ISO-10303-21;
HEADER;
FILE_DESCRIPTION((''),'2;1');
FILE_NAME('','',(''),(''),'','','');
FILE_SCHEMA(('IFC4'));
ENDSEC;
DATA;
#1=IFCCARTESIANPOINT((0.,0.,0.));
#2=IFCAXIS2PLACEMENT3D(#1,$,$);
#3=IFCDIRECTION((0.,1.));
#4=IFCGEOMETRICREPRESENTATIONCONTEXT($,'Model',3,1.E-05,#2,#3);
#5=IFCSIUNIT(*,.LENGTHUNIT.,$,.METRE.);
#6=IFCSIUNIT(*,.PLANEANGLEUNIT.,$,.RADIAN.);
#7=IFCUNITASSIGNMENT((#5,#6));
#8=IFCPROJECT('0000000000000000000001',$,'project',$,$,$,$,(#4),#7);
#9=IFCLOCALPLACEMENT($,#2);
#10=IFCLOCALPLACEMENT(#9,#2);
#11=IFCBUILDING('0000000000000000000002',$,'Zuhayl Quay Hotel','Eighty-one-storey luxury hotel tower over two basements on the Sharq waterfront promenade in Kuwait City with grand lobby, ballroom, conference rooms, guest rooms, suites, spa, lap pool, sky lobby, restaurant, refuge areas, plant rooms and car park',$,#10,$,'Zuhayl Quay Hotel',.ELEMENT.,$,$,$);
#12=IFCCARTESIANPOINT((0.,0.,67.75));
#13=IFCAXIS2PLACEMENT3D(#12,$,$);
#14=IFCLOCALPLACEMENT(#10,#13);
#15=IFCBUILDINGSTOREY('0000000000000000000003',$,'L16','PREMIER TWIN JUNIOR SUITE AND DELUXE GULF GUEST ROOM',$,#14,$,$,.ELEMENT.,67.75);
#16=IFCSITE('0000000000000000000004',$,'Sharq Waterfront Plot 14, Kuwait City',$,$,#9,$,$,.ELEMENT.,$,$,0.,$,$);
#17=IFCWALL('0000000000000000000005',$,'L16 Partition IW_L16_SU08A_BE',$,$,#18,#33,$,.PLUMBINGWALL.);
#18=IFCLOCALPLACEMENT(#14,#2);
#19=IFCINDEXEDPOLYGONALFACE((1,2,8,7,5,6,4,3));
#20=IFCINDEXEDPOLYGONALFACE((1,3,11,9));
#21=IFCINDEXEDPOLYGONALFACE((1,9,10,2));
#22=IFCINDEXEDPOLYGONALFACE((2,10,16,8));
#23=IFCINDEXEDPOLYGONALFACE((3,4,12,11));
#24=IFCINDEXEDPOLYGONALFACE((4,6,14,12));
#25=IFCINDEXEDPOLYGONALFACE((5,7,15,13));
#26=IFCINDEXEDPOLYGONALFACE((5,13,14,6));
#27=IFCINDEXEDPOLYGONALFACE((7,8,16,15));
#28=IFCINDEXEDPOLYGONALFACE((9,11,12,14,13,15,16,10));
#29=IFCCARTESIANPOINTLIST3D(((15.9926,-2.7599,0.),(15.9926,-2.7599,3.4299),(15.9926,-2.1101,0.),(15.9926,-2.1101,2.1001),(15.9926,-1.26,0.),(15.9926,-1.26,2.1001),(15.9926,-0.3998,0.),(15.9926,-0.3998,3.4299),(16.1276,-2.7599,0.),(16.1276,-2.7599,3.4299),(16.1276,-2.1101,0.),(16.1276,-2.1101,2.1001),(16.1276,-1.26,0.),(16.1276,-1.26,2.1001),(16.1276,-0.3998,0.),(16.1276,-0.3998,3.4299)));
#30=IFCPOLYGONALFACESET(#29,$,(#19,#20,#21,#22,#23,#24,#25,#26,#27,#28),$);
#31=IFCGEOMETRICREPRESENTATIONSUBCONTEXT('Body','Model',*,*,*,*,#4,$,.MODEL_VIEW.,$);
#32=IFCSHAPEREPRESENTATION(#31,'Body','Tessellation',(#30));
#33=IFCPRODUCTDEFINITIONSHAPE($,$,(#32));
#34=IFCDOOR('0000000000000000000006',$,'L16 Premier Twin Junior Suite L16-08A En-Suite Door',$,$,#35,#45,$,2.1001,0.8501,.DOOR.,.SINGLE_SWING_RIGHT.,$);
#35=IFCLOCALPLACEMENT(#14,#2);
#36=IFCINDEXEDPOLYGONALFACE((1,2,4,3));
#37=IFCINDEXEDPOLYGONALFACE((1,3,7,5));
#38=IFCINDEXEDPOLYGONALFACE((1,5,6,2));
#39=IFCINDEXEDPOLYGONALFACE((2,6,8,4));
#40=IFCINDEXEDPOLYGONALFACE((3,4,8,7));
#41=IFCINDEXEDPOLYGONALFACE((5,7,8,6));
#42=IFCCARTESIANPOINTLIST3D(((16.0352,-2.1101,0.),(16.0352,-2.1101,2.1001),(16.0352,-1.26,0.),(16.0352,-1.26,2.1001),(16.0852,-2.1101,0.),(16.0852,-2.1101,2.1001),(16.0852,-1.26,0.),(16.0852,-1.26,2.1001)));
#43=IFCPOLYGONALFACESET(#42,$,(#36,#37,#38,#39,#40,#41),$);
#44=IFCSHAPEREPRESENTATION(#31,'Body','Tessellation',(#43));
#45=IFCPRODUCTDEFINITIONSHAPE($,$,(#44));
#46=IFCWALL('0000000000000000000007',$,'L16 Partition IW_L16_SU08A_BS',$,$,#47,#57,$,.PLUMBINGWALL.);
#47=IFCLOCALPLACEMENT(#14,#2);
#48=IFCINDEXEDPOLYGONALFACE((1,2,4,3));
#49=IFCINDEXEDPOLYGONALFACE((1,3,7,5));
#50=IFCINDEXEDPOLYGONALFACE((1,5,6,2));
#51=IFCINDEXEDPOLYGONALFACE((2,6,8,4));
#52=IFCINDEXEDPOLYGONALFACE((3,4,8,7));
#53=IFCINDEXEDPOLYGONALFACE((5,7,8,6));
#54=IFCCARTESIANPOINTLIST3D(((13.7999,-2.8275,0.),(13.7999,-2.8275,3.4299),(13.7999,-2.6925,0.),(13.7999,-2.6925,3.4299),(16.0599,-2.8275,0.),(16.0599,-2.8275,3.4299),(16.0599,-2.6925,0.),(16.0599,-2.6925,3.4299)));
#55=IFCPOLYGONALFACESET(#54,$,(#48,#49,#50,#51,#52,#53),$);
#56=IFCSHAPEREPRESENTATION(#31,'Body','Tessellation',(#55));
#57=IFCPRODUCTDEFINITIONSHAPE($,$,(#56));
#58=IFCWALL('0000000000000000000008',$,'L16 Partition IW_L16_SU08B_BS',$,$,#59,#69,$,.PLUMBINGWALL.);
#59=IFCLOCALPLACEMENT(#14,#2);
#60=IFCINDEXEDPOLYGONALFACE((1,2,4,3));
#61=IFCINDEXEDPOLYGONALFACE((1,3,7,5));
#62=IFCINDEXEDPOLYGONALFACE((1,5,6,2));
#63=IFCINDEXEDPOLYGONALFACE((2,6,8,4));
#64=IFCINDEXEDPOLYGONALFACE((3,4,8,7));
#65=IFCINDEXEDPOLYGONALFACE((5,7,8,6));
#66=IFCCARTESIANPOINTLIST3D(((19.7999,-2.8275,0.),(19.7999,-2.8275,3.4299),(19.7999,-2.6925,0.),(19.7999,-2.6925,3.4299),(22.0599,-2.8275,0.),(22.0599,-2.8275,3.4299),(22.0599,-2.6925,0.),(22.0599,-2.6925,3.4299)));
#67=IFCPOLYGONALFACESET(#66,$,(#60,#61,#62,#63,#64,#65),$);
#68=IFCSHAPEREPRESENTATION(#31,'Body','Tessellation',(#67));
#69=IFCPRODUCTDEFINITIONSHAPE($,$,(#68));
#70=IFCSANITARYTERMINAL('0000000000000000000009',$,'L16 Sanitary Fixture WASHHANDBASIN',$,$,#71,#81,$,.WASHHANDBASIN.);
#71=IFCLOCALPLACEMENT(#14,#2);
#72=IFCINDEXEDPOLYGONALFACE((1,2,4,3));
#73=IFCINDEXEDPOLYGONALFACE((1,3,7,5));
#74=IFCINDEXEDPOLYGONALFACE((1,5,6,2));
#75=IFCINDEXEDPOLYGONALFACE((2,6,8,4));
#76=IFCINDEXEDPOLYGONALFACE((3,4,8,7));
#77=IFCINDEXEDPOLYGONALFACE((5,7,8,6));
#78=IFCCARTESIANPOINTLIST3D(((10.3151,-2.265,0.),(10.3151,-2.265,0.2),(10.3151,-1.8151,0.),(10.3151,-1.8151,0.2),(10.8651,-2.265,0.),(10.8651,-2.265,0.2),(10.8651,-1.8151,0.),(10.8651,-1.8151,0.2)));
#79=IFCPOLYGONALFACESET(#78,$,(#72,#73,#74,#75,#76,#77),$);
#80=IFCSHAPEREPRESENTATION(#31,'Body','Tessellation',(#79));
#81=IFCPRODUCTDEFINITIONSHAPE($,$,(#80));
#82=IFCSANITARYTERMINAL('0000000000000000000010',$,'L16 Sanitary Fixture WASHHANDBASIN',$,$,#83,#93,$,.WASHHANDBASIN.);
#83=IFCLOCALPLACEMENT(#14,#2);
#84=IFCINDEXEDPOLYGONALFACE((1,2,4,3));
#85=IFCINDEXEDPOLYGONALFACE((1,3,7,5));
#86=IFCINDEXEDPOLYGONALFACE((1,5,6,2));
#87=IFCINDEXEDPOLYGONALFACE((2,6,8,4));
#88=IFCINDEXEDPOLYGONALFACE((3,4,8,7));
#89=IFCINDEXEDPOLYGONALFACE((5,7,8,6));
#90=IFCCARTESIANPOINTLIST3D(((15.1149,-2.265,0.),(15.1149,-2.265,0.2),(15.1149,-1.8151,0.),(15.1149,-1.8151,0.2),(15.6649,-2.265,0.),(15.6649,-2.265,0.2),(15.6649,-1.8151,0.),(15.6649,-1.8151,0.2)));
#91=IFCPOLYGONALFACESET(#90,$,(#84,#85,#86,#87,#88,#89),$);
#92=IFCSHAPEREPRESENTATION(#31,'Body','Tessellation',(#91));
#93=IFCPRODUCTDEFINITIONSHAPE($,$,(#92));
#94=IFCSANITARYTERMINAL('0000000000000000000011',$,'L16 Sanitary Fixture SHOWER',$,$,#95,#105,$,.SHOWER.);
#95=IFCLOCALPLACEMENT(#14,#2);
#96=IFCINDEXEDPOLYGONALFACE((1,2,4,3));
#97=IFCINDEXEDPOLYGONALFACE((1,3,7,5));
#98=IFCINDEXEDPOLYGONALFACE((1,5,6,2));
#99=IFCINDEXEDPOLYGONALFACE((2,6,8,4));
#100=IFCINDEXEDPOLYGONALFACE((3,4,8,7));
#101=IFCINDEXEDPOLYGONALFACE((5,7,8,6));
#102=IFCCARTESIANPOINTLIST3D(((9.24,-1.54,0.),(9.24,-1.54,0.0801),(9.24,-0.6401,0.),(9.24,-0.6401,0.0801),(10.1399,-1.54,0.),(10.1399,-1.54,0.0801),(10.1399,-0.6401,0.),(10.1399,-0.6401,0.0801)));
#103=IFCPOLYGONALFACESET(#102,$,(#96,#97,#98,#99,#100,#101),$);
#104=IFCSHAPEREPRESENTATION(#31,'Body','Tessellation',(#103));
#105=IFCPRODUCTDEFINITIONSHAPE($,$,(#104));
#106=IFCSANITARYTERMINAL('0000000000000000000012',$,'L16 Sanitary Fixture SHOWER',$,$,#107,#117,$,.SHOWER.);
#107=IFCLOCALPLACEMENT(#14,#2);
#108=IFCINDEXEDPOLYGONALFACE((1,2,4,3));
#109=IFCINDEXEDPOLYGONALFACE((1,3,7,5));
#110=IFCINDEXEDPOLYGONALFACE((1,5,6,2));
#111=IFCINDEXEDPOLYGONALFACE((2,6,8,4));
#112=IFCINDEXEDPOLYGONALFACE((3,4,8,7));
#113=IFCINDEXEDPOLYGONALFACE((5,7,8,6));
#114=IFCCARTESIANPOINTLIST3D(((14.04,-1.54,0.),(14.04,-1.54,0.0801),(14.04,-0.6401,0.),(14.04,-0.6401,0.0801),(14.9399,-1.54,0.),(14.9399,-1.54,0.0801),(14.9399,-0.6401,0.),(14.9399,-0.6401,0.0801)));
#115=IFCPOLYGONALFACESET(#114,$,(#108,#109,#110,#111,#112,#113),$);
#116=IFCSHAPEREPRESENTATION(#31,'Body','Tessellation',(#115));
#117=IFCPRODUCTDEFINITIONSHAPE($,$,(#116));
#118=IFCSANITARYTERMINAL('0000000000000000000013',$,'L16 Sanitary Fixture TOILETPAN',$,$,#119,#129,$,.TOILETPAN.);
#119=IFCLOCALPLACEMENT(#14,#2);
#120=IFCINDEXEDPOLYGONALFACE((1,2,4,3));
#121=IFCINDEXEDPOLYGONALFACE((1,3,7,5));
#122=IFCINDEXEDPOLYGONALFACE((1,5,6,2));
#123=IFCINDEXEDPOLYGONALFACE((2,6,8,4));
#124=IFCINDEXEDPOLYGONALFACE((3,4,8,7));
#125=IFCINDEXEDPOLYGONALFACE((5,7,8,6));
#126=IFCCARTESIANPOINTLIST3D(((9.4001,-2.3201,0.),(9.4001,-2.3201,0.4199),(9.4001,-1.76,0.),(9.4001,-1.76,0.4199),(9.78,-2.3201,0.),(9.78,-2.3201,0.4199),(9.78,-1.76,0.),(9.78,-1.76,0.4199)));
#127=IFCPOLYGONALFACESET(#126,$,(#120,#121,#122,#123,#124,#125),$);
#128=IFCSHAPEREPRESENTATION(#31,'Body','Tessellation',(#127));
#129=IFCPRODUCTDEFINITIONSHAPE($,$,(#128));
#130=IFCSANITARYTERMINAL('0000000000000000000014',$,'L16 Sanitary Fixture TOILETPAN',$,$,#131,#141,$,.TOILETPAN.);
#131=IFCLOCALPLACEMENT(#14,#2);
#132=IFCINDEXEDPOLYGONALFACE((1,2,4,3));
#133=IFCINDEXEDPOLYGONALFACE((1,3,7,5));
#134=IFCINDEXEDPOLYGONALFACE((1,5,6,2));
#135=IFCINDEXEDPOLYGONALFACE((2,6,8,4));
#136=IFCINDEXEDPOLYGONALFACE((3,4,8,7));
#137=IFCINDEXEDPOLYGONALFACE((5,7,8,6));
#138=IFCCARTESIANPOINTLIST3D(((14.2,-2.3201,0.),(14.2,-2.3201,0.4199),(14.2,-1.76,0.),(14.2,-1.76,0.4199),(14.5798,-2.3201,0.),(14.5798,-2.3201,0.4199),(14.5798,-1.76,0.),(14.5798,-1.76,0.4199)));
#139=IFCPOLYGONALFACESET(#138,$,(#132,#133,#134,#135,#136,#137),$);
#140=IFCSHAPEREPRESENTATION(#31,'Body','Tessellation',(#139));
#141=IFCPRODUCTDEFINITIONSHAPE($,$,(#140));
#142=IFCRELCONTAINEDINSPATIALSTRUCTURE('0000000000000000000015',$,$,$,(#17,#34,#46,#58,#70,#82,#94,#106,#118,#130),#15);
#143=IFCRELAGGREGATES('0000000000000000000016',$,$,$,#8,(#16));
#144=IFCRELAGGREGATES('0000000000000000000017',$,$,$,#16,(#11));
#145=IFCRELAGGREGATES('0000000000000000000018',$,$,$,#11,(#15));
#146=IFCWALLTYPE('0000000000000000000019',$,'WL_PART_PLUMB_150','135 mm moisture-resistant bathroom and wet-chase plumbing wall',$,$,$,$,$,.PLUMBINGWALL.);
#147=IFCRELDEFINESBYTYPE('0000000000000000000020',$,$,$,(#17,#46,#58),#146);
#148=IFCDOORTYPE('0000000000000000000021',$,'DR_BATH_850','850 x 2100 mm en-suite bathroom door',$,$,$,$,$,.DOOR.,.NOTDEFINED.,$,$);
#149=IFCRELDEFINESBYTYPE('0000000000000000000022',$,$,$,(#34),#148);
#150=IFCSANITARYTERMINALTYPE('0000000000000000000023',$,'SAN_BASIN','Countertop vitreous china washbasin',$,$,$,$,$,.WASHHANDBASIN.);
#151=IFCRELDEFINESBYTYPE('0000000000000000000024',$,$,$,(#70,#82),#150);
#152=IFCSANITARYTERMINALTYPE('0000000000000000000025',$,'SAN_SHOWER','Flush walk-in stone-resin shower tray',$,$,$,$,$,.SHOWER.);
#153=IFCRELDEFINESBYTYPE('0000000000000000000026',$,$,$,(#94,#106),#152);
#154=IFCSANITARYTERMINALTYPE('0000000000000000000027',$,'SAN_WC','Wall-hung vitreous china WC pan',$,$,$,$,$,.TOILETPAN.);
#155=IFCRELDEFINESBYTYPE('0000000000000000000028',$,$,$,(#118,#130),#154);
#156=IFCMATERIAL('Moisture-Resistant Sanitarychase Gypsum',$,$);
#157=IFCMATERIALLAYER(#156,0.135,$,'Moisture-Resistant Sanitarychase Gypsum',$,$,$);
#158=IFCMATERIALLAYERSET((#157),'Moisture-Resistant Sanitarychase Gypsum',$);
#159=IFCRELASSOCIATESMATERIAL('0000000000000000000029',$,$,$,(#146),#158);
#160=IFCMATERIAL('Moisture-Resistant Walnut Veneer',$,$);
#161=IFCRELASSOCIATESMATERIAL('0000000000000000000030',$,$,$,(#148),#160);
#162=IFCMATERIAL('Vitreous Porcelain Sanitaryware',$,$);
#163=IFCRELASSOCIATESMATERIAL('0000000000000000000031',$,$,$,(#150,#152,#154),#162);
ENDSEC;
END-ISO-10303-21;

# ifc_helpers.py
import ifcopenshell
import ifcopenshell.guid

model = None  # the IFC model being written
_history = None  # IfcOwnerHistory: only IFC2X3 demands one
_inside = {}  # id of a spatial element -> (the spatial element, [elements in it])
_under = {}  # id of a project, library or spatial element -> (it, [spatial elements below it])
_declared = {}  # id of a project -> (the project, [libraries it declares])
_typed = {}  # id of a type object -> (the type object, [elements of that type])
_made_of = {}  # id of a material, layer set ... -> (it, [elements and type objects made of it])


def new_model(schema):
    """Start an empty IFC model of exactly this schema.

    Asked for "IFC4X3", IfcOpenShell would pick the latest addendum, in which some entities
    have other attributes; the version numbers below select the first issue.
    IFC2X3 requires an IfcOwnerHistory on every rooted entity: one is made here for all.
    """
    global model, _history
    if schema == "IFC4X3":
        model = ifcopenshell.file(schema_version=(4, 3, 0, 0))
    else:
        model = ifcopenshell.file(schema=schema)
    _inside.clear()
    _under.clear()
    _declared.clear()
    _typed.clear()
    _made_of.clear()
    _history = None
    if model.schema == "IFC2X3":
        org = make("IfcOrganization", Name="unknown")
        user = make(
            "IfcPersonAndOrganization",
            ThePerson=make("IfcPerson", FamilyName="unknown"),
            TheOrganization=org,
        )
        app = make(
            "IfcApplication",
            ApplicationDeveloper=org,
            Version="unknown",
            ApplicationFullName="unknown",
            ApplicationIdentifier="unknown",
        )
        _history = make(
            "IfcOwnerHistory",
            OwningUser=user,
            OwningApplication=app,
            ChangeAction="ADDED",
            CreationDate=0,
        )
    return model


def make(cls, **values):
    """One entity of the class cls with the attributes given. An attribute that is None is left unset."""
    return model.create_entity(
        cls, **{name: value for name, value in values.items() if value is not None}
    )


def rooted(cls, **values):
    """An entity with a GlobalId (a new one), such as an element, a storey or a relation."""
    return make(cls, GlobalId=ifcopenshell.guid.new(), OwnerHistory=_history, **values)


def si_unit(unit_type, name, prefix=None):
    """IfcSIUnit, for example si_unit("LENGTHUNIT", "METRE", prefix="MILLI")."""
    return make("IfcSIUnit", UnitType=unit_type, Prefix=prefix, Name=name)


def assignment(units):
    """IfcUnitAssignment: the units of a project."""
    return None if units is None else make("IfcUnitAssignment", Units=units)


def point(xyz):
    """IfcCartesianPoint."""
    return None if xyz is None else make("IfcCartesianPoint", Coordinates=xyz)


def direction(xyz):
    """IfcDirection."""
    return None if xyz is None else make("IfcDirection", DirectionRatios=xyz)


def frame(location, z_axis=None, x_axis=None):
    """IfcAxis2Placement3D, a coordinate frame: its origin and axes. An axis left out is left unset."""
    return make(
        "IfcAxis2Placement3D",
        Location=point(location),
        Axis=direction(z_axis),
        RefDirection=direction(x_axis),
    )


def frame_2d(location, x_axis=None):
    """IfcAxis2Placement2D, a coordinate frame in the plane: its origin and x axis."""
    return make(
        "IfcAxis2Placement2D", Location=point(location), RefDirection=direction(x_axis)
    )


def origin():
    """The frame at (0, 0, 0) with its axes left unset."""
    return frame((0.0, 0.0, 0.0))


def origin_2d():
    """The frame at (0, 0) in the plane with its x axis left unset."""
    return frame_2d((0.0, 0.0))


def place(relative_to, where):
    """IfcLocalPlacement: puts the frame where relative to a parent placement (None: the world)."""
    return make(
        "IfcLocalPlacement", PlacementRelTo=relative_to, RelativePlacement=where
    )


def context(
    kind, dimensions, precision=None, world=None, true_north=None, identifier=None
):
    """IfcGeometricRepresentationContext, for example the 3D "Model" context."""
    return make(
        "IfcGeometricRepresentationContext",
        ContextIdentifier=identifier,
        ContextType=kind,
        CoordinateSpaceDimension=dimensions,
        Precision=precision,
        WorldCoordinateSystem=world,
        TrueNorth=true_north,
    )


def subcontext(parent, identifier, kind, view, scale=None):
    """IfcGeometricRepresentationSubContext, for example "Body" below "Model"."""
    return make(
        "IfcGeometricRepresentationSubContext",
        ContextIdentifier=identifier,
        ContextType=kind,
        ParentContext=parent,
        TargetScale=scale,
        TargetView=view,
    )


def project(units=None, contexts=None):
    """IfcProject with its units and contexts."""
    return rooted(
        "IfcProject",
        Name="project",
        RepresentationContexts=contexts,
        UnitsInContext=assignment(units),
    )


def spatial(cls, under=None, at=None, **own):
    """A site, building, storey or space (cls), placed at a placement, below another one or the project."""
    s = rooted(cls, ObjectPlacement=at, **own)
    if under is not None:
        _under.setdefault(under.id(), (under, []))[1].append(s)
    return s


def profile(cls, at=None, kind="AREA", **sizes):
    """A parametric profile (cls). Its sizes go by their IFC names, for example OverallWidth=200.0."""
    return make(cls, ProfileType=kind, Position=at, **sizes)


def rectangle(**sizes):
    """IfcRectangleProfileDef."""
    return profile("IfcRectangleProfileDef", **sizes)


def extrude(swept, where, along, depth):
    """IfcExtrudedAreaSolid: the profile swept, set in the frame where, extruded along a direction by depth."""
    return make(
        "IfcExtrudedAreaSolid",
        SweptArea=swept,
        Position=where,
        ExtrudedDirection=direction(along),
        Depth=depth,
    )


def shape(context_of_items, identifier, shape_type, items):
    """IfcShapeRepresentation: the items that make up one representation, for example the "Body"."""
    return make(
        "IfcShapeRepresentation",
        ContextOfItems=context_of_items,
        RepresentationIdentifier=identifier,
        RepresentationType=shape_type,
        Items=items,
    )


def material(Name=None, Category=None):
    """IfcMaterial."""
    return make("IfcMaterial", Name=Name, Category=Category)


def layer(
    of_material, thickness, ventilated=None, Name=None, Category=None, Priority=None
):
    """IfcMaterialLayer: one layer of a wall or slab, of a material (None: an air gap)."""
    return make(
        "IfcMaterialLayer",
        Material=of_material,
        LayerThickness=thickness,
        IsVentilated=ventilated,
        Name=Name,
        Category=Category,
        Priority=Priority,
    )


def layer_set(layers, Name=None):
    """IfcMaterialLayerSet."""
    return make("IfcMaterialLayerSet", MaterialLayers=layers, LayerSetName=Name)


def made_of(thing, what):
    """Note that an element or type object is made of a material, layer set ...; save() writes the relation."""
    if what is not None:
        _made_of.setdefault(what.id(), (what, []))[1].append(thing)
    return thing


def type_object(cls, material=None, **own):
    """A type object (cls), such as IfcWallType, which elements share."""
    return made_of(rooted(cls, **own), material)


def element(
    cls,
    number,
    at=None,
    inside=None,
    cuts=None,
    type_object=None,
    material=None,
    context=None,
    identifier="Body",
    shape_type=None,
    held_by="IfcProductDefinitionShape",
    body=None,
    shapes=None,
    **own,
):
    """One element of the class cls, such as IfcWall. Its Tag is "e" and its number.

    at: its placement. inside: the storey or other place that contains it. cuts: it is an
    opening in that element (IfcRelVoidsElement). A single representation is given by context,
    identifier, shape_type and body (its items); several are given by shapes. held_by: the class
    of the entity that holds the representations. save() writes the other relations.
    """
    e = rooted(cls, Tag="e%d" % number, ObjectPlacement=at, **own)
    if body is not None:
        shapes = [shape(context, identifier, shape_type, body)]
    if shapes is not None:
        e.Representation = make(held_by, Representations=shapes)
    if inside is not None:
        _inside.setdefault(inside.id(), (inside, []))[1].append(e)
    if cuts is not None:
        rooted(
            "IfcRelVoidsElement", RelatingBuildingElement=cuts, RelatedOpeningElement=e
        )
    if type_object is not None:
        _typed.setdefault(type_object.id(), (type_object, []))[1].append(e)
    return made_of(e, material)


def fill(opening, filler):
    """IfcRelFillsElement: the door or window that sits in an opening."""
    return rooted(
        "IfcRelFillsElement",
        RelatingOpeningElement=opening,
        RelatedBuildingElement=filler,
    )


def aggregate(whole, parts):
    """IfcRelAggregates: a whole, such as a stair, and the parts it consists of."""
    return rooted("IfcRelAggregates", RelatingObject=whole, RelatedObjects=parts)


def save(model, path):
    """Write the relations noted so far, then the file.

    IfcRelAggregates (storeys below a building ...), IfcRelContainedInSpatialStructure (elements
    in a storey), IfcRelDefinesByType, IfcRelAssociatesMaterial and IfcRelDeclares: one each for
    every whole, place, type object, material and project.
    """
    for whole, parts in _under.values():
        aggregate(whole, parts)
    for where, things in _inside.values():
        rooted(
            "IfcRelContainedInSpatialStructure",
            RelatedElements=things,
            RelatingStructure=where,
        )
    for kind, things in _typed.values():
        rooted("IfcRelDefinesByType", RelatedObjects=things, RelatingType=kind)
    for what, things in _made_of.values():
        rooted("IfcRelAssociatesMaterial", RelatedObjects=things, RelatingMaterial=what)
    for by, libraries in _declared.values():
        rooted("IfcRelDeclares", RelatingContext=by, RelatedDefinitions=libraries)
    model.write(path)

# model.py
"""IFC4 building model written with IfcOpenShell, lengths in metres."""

from ifc_helpers import new_model, si_unit, direction, frame, frame_2d, origin, origin_2d, place, context, subcontext, project, spatial, rectangle, extrude, material, layer, layer_set, type_object, element, fill, save


model = new_model("IFC4")

# Units and contexts
model_context = context("Model", 3, precision=1e-05, world=origin(), true_north=direction((0.0, 1.0)))
body_context = subcontext(model_context, "Body", "Model", "MODEL_VIEW")
ifc_project = project(units=[si_unit("LENGTHUNIT", "METRE"), si_unit("PLANEANGLEUNIT", "RADIAN")], contexts=[model_context])

# Site, building, storey
site_placement = place(None, origin())
site = spatial("IfcSite", under=ifc_project, at=site_placement, Name="Sharq Waterfront Plot 14, Kuwait City", CompositionType="ELEMENT", RefElevation=0.0)
building_placement = place(site_placement, origin())
building = spatial("IfcBuilding", under=site, at=building_placement, Name="Zuhayl Quay Hotel", Description="Eighty-one-storey luxury hotel tower over two basements on the Sharq waterfront promenade in Kuwait City with grand lobby, ballroom, conference rooms, guest rooms, suites, spa, lap pool, sky lobby, restaurant, refuge areas, plant rooms and car park", LongName="Zuhayl Quay Hotel", CompositionType="ELEMENT")
storey_placement = place(building_placement, frame((0.0, 0.0, 67.75)))
storey = spatial("IfcBuildingStorey", under=building, at=storey_placement, Name="L16", Description="PREMIER TWIN JUNIOR SUITE AND DELUXE GULF GUEST ROOM", CompositionType="ELEMENT", Elevation=67.75)

# Wall, opening, door
ifc_material_1 = material(Name="Moisture-Resistant Sanitarychase Gypsum")
ifc_layer_1 = layer(ifc_material_1, 0.135, Name="Moisture-Resistant Sanitarychase Gypsum")
ifc_layer_set_1 = layer_set([ifc_layer_1], Name="Moisture-Resistant Sanitarychase Gypsum")
wall_type_1 = type_object("IfcWallType", Name="WL_PART_PLUMB_150", Description="135 mm moisture-resistant bathroom and wet-chase plumbing wall", PredefinedType="PLUMBINGWALL", material=ifc_layer_set_1)
ifc_material_2 = material(Name="Moisture-Resistant Walnut Veneer")
door_type_1 = type_object("IfcDoorType", Name="DR_BATH_850", Description="850 x 2100 mm en-suite bathroom door", OperationType="NOTDEFINED", PredefinedType="DOOR", material=ifc_material_2)
wall_1_placement = place(storey_placement, frame((16.0601, -2.76, 0.0), z_axis=(0.0, 0.0, 1.0), x_axis=(0.0, 1.0, 0.0)))
wall_1 = element("IfcWall", 1, at=wall_1_placement, inside=storey, type_object=wall_type_1, Name="L16 Partition IW_L16_SU08A_BE", PredefinedType="PLUMBINGWALL", context=body_context, shape_type="SweptSolid", body=[
    extrude(rectangle(XDim=2.3601, YDim=0.135, at=frame_2d((1.1802, 0.0))), origin(), (0.0, 0.0, 1.0), 3.4299),
])
opening_1_placement = place(wall_1_placement, frame((0.6499, 0.0, 0.0)))
opening_1 = element("IfcOpeningElement", 2, at=opening_1_placement, cuts=wall_1, PredefinedType="OPENING", context=body_context, shape_type="SweptSolid", body=[
    extrude(rectangle(XDim=0.8501, YDim=2.1001, at=frame_2d((0.425, 1.05))), frame((0.0, 0.0774, 0.0), z_axis=(0.0, -1.0, 0.0), x_axis=(1.0, 0.0, 0.0)), (0.0, 0.0, 1.0), 0.155),
])
door_1_placement = place(opening_1_placement, origin())
door_1 = element("IfcDoor", 3, at=door_1_placement, inside=storey, type_object=door_type_1, Name="L16 Premier Twin Junior Suite L16-08A En-Suite Door", OperationType="SINGLE_SWING_RIGHT", OverallHeight=2.1001, OverallWidth=0.8501, PredefinedType="DOOR", context=body_context, shape_type="SweptSolid", body=[
    extrude(rectangle(XDim=0.8501, YDim=2.1001, at=frame_2d((0.425, 1.05))), frame((0.0, 0.0249, 0.0), z_axis=(0.0, -1.0, 0.0), x_axis=(1.0, 0.0, 0.0)), (0.0, 0.0, 1.0), 0.05),
])
fill(opening_1, door_1)

# Walls
for number, where, z_axis, x_axis, name in (
    (4, (13.8, -2.76, 0.0), (0.0, 0.0, 1.0), (1.0, 0.0, 0.0), "L16 Partition IW_L16_SU08A_BS"),
    (5, (19.8, -2.76, 0.0), (0.0, 0.0, 1.0), (1.0, 0.0, 0.0), "L16 Partition IW_L16_SU08B_BS"),
):
    element("IfcWall", number, at=place(storey_placement, frame(where, z_axis=z_axis, x_axis=x_axis)), inside=storey, type_object=wall_type_1, Name=name, PredefinedType="PLUMBINGWALL", context=body_context, shape_type="SweptSolid", body=[
        extrude(rectangle(XDim=2.26, YDim=0.135, at=frame_2d((1.1299, 0.0))), origin(), (0.0, 0.0, 1.0), 3.4299),
    ])

# Sanitary terminals
ifc_material_3 = material(Name="Vitreous Porcelain Sanitaryware")
sanitary_terminal_type_1 = type_object("IfcSanitaryTerminalType", Name="SAN_BASIN", Description="Countertop vitreous china washbasin", PredefinedType="WASHHANDBASIN", material=ifc_material_3)
for number, where, z_axis, x_axis, name in (
    (6, (10.5901, -2.04, 0.0), (0.0, 0.0, 1.0), (1.0, 0.0, 0.0), "L16 Sanitary Fixture WASHHANDBASIN"),
    (7, (15.3899, -2.04, 0.0), (0.0, 0.0, 1.0), (1.0, 0.0, 0.0), "L16 Sanitary Fixture WASHHANDBASIN"),
):
    element("IfcSanitaryTerminal", number, at=place(storey_placement, frame(where, z_axis=z_axis, x_axis=x_axis)), inside=storey, type_object=sanitary_terminal_type_1, Name=name, PredefinedType="WASHHANDBASIN", context=body_context, shape_type="SweptSolid", body=[
        extrude(rectangle(XDim=0.55, YDim=0.45, at=origin_2d()), origin(), (0.0, 0.0, 1.0), 0.2),
    ])
sanitary_terminal_type_2 = type_object("IfcSanitaryTerminalType", Name="SAN_SHOWER", Description="Flush walk-in stone-resin shower tray", PredefinedType="SHOWER", material=ifc_material_3)
for number, where, z_axis, x_axis, name in (
    (8, (9.6899, -1.0901, 0.0), (0.0, 0.0, 1.0), (1.0, 0.0, 0.0), "L16 Sanitary Fixture SHOWER"),
    (9, (14.49, -1.0901, 0.0), (0.0, 0.0, 1.0), (1.0, 0.0, 0.0), "L16 Sanitary Fixture SHOWER"),
):
    element("IfcSanitaryTerminal", number, at=place(storey_placement, frame(where, z_axis=z_axis, x_axis=x_axis)), inside=storey, type_object=sanitary_terminal_type_2, Name=name, PredefinedType="SHOWER", context=body_context, shape_type="SweptSolid", body=[
        extrude(rectangle(XDim=0.8999, YDim=0.8999, at=origin_2d()), origin(), (0.0, 0.0, 1.0), 0.0801),
    ])
sanitary_terminal_type_3 = type_object("IfcSanitaryTerminalType", Name="SAN_WC", Description="Wall-hung vitreous china WC pan", PredefinedType="TOILETPAN", material=ifc_material_3)
for number, where, z_axis, x_axis, name in (
    (10, (9.5901, -2.04, 0.0), (0.0, 0.0, 1.0), (1.0, 0.0, 0.0), "L16 Sanitary Fixture TOILETPAN"),
    (11, (14.3899, -2.04, 0.0), (0.0, 0.0, 1.0), (1.0, 0.0, 0.0), "L16 Sanitary Fixture TOILETPAN"),
):
    element("IfcSanitaryTerminal", number, at=place(storey_placement, frame(where, z_axis=z_axis, x_axis=x_axis)), inside=storey, type_object=sanitary_terminal_type_3, Name=name, PredefinedType="TOILETPAN", context=body_context, shape_type="SweptSolid", body=[
        extrude(rectangle(XDim=0.3799, YDim=0.5601, at=origin_2d()), origin(), (0.0, 0.0, 1.0), 0.4199),
    ])

save(model, "model.ifc")
